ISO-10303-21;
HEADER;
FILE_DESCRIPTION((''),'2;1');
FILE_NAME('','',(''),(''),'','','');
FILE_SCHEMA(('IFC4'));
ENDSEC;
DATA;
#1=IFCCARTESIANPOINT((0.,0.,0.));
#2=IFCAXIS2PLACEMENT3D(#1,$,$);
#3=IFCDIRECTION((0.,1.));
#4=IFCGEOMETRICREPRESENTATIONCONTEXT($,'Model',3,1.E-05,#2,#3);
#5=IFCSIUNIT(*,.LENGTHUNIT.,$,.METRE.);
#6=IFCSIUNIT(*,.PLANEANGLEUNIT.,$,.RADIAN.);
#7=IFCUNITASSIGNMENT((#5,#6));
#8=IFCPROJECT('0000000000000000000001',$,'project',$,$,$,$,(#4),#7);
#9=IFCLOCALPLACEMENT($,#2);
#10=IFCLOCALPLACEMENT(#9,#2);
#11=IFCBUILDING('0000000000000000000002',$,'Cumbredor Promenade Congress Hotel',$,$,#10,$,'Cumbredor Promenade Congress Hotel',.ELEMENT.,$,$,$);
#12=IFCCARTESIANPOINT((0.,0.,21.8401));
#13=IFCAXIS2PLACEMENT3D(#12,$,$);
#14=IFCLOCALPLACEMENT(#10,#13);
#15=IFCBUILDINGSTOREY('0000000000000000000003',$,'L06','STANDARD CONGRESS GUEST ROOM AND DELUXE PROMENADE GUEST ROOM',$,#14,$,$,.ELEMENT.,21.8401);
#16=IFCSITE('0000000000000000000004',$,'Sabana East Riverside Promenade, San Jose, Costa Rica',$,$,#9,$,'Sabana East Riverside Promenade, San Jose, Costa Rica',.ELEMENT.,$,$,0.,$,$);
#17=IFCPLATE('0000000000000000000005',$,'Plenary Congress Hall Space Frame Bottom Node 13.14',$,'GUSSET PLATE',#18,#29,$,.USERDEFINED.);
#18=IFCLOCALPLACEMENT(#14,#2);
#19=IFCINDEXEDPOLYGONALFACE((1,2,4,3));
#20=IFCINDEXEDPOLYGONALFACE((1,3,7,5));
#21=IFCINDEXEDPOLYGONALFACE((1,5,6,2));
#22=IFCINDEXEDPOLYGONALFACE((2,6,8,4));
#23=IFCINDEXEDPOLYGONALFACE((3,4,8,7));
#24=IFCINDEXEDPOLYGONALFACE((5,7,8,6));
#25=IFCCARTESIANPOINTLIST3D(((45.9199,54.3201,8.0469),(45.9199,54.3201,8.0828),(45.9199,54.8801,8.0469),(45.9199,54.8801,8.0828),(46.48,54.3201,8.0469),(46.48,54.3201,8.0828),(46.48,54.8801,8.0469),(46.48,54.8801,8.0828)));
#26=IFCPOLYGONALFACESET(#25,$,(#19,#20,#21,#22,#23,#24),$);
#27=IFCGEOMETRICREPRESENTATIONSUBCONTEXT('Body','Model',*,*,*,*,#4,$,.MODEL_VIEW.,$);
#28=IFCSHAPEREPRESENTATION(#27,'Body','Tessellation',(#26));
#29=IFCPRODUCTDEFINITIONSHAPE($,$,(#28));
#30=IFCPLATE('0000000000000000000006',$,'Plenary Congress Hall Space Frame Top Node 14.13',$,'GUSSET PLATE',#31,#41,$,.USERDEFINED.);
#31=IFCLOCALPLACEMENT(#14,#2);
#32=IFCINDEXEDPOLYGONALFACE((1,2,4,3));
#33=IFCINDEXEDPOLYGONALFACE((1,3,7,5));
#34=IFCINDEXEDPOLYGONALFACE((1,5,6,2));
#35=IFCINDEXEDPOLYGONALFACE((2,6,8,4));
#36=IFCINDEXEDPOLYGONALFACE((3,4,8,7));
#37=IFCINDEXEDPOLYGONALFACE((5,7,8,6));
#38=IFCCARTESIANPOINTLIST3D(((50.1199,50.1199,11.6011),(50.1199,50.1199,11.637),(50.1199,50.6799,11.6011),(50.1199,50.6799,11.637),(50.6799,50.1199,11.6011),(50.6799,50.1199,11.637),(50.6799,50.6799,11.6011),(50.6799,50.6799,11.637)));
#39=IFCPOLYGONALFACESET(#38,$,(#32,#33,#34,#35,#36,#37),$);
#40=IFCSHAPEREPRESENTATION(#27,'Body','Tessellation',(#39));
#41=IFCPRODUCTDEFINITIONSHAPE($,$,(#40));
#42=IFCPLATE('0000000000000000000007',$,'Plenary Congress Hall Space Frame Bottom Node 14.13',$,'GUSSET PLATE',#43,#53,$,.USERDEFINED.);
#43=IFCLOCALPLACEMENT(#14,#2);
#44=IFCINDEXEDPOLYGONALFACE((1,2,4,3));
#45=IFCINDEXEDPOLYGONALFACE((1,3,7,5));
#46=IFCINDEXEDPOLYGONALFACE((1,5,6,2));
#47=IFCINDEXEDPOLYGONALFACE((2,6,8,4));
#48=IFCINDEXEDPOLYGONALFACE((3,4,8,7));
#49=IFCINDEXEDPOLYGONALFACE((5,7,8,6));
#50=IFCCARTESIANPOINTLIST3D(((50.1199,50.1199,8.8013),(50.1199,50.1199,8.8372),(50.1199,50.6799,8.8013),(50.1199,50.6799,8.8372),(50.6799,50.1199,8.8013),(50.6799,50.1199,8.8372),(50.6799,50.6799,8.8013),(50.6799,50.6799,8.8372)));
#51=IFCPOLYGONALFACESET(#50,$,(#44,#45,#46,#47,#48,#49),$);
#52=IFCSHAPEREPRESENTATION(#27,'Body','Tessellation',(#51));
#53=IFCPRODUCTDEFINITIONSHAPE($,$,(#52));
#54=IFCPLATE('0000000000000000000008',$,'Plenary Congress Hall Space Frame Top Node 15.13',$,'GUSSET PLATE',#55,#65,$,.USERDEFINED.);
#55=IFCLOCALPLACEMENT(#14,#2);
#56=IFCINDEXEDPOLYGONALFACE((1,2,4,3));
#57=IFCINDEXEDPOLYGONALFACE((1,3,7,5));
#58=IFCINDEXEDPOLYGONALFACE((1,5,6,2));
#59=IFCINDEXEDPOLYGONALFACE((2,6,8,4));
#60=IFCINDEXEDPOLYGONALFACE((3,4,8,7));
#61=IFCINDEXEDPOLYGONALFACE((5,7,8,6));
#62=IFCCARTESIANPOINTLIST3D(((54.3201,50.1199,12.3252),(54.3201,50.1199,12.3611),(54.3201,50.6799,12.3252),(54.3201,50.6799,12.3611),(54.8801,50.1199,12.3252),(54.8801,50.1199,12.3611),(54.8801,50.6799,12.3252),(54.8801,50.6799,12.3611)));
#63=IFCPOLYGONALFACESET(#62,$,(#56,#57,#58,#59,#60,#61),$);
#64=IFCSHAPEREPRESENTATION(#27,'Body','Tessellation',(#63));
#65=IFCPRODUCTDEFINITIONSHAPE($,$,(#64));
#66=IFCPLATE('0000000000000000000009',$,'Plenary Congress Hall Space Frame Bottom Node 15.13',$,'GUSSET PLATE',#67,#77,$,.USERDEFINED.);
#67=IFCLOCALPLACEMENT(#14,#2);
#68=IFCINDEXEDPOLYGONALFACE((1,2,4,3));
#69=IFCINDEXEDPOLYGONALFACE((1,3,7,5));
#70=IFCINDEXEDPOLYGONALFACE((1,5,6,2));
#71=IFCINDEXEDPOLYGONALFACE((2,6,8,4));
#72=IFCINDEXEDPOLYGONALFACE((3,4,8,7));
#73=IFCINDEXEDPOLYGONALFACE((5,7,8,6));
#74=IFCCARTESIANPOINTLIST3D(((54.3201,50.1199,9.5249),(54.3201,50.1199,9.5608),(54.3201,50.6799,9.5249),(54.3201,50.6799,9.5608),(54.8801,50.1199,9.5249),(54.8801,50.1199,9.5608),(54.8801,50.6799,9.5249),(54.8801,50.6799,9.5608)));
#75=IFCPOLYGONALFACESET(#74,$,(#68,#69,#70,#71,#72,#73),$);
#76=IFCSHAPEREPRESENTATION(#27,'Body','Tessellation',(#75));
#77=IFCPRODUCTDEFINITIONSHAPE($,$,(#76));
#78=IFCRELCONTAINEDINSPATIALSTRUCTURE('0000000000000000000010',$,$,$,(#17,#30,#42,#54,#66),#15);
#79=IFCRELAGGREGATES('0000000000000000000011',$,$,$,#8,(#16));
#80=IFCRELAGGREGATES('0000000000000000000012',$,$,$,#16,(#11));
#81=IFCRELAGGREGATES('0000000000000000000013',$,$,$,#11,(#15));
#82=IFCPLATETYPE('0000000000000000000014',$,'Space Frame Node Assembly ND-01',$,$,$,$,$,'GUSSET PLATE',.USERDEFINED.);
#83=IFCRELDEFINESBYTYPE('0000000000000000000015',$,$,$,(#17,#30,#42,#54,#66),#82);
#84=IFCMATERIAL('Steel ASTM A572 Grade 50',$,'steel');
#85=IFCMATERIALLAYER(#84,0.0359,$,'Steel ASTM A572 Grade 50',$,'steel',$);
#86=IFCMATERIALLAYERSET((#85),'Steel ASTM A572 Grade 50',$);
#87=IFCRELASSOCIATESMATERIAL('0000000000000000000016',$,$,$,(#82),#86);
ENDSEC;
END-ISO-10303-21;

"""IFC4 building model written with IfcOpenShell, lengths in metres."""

from ifc_helpers import new_model, si_unit, direction, frame, origin, origin_2d, place, context, subcontext, project, spatial, rectangle, extrude, material, layer, layer_set, type_object, element, save


model = new_model("IFC4")

# Units and contexts
model_context = context("Model", 3, precision=1e-05, world=origin(), true_north=direction((0.0, 1.0)))
body_context = subcontext(model_context, "Body", "Model", "MODEL_VIEW")
ifc_project = project(units=[si_unit("LENGTHUNIT", "METRE"), si_unit("PLANEANGLEUNIT", "RADIAN")], contexts=[model_context])

# Site, building, storey
site_placement = place(None, origin())
site = spatial("IfcSite", under=ifc_project, at=site_placement, Name="Sabana East Riverside Promenade, San Jose, Costa Rica", LongName="Sabana East Riverside Promenade, San Jose, Costa Rica", CompositionType="ELEMENT", RefElevation=0.0)
building_placement = place(site_placement, origin())
building = spatial("IfcBuilding", under=site, at=building_placement, Name="Cumbredor Promenade Congress Hotel", LongName="Cumbredor Promenade Congress Hotel", CompositionType="ELEMENT")
storey_placement = place(building_placement, frame((0.0, 0.0, 21.8401)))
storey = spatial("IfcBuildingStorey", under=building, at=storey_placement, Name="L06", Description="STANDARD CONGRESS GUEST ROOM AND DELUXE PROMENADE GUEST ROOM", CompositionType="ELEMENT", Elevation=21.8401)

# Plates
ifc_material_1 = material(Name="Steel ASTM A572 Grade 50", Category="steel")
ifc_layer = layer(ifc_material_1, 0.0359, Name="Steel ASTM A572 Grade 50", Category="steel")
ifc_layer_set = layer_set([ifc_layer], Name="Steel ASTM A572 Grade 50")
plate_type = type_object("IfcPlateType", Name="Space Frame Node Assembly ND-01", ElementType="GUSSET PLATE", PredefinedType="USERDEFINED", material=ifc_layer_set)
for number, where, z_axis, x_axis, name in (
    (1, (46.2, 54.6001, 8.0469), (0.0, 0.0, 1.0), (1.0, 0.0, 0.0), "Plenary Congress Hall Space Frame Bottom Node 13.14"),
    (2, (50.3999, 50.3999, 11.6011), (0.0, 0.0, 1.0), (1.0, 0.0, 0.0), "Plenary Congress Hall Space Frame Top Node 14.13"),
    (3, (50.3999, 50.3999, 8.8013), (0.0, 0.0, 1.0), (1.0, 0.0, 0.0), "Plenary Congress Hall Space Frame Bottom Node 14.13"),
    (4, (54.6001, 50.3999, 12.3252), (0.0, 0.0, 1.0), (1.0, 0.0, 0.0), "Plenary Congress Hall Space Frame Top Node 15.13"),
    (5, (54.6001, 50.3999, 9.5249), (0.0, 0.0, 1.0), (1.0, 0.0, 0.0), "Plenary Congress Hall Space Frame Bottom Node 15.13"),
):
    element("IfcPlate", number, at=place(storey_placement, frame(where, z_axis=z_axis, x_axis=x_axis)), inside=storey, type_object=plate_type, Name=name, ObjectType="GUSSET PLATE", PredefinedType="USERDEFINED", context=body_context, shape_type="SweptSolid", body=[
        extrude(rectangle(XDim=0.5601, YDim=0.5601, at=origin_2d()), origin(), (0.0, 0.0, 1.0), 0.0359),
    ])

save(model, "model.ifc")
